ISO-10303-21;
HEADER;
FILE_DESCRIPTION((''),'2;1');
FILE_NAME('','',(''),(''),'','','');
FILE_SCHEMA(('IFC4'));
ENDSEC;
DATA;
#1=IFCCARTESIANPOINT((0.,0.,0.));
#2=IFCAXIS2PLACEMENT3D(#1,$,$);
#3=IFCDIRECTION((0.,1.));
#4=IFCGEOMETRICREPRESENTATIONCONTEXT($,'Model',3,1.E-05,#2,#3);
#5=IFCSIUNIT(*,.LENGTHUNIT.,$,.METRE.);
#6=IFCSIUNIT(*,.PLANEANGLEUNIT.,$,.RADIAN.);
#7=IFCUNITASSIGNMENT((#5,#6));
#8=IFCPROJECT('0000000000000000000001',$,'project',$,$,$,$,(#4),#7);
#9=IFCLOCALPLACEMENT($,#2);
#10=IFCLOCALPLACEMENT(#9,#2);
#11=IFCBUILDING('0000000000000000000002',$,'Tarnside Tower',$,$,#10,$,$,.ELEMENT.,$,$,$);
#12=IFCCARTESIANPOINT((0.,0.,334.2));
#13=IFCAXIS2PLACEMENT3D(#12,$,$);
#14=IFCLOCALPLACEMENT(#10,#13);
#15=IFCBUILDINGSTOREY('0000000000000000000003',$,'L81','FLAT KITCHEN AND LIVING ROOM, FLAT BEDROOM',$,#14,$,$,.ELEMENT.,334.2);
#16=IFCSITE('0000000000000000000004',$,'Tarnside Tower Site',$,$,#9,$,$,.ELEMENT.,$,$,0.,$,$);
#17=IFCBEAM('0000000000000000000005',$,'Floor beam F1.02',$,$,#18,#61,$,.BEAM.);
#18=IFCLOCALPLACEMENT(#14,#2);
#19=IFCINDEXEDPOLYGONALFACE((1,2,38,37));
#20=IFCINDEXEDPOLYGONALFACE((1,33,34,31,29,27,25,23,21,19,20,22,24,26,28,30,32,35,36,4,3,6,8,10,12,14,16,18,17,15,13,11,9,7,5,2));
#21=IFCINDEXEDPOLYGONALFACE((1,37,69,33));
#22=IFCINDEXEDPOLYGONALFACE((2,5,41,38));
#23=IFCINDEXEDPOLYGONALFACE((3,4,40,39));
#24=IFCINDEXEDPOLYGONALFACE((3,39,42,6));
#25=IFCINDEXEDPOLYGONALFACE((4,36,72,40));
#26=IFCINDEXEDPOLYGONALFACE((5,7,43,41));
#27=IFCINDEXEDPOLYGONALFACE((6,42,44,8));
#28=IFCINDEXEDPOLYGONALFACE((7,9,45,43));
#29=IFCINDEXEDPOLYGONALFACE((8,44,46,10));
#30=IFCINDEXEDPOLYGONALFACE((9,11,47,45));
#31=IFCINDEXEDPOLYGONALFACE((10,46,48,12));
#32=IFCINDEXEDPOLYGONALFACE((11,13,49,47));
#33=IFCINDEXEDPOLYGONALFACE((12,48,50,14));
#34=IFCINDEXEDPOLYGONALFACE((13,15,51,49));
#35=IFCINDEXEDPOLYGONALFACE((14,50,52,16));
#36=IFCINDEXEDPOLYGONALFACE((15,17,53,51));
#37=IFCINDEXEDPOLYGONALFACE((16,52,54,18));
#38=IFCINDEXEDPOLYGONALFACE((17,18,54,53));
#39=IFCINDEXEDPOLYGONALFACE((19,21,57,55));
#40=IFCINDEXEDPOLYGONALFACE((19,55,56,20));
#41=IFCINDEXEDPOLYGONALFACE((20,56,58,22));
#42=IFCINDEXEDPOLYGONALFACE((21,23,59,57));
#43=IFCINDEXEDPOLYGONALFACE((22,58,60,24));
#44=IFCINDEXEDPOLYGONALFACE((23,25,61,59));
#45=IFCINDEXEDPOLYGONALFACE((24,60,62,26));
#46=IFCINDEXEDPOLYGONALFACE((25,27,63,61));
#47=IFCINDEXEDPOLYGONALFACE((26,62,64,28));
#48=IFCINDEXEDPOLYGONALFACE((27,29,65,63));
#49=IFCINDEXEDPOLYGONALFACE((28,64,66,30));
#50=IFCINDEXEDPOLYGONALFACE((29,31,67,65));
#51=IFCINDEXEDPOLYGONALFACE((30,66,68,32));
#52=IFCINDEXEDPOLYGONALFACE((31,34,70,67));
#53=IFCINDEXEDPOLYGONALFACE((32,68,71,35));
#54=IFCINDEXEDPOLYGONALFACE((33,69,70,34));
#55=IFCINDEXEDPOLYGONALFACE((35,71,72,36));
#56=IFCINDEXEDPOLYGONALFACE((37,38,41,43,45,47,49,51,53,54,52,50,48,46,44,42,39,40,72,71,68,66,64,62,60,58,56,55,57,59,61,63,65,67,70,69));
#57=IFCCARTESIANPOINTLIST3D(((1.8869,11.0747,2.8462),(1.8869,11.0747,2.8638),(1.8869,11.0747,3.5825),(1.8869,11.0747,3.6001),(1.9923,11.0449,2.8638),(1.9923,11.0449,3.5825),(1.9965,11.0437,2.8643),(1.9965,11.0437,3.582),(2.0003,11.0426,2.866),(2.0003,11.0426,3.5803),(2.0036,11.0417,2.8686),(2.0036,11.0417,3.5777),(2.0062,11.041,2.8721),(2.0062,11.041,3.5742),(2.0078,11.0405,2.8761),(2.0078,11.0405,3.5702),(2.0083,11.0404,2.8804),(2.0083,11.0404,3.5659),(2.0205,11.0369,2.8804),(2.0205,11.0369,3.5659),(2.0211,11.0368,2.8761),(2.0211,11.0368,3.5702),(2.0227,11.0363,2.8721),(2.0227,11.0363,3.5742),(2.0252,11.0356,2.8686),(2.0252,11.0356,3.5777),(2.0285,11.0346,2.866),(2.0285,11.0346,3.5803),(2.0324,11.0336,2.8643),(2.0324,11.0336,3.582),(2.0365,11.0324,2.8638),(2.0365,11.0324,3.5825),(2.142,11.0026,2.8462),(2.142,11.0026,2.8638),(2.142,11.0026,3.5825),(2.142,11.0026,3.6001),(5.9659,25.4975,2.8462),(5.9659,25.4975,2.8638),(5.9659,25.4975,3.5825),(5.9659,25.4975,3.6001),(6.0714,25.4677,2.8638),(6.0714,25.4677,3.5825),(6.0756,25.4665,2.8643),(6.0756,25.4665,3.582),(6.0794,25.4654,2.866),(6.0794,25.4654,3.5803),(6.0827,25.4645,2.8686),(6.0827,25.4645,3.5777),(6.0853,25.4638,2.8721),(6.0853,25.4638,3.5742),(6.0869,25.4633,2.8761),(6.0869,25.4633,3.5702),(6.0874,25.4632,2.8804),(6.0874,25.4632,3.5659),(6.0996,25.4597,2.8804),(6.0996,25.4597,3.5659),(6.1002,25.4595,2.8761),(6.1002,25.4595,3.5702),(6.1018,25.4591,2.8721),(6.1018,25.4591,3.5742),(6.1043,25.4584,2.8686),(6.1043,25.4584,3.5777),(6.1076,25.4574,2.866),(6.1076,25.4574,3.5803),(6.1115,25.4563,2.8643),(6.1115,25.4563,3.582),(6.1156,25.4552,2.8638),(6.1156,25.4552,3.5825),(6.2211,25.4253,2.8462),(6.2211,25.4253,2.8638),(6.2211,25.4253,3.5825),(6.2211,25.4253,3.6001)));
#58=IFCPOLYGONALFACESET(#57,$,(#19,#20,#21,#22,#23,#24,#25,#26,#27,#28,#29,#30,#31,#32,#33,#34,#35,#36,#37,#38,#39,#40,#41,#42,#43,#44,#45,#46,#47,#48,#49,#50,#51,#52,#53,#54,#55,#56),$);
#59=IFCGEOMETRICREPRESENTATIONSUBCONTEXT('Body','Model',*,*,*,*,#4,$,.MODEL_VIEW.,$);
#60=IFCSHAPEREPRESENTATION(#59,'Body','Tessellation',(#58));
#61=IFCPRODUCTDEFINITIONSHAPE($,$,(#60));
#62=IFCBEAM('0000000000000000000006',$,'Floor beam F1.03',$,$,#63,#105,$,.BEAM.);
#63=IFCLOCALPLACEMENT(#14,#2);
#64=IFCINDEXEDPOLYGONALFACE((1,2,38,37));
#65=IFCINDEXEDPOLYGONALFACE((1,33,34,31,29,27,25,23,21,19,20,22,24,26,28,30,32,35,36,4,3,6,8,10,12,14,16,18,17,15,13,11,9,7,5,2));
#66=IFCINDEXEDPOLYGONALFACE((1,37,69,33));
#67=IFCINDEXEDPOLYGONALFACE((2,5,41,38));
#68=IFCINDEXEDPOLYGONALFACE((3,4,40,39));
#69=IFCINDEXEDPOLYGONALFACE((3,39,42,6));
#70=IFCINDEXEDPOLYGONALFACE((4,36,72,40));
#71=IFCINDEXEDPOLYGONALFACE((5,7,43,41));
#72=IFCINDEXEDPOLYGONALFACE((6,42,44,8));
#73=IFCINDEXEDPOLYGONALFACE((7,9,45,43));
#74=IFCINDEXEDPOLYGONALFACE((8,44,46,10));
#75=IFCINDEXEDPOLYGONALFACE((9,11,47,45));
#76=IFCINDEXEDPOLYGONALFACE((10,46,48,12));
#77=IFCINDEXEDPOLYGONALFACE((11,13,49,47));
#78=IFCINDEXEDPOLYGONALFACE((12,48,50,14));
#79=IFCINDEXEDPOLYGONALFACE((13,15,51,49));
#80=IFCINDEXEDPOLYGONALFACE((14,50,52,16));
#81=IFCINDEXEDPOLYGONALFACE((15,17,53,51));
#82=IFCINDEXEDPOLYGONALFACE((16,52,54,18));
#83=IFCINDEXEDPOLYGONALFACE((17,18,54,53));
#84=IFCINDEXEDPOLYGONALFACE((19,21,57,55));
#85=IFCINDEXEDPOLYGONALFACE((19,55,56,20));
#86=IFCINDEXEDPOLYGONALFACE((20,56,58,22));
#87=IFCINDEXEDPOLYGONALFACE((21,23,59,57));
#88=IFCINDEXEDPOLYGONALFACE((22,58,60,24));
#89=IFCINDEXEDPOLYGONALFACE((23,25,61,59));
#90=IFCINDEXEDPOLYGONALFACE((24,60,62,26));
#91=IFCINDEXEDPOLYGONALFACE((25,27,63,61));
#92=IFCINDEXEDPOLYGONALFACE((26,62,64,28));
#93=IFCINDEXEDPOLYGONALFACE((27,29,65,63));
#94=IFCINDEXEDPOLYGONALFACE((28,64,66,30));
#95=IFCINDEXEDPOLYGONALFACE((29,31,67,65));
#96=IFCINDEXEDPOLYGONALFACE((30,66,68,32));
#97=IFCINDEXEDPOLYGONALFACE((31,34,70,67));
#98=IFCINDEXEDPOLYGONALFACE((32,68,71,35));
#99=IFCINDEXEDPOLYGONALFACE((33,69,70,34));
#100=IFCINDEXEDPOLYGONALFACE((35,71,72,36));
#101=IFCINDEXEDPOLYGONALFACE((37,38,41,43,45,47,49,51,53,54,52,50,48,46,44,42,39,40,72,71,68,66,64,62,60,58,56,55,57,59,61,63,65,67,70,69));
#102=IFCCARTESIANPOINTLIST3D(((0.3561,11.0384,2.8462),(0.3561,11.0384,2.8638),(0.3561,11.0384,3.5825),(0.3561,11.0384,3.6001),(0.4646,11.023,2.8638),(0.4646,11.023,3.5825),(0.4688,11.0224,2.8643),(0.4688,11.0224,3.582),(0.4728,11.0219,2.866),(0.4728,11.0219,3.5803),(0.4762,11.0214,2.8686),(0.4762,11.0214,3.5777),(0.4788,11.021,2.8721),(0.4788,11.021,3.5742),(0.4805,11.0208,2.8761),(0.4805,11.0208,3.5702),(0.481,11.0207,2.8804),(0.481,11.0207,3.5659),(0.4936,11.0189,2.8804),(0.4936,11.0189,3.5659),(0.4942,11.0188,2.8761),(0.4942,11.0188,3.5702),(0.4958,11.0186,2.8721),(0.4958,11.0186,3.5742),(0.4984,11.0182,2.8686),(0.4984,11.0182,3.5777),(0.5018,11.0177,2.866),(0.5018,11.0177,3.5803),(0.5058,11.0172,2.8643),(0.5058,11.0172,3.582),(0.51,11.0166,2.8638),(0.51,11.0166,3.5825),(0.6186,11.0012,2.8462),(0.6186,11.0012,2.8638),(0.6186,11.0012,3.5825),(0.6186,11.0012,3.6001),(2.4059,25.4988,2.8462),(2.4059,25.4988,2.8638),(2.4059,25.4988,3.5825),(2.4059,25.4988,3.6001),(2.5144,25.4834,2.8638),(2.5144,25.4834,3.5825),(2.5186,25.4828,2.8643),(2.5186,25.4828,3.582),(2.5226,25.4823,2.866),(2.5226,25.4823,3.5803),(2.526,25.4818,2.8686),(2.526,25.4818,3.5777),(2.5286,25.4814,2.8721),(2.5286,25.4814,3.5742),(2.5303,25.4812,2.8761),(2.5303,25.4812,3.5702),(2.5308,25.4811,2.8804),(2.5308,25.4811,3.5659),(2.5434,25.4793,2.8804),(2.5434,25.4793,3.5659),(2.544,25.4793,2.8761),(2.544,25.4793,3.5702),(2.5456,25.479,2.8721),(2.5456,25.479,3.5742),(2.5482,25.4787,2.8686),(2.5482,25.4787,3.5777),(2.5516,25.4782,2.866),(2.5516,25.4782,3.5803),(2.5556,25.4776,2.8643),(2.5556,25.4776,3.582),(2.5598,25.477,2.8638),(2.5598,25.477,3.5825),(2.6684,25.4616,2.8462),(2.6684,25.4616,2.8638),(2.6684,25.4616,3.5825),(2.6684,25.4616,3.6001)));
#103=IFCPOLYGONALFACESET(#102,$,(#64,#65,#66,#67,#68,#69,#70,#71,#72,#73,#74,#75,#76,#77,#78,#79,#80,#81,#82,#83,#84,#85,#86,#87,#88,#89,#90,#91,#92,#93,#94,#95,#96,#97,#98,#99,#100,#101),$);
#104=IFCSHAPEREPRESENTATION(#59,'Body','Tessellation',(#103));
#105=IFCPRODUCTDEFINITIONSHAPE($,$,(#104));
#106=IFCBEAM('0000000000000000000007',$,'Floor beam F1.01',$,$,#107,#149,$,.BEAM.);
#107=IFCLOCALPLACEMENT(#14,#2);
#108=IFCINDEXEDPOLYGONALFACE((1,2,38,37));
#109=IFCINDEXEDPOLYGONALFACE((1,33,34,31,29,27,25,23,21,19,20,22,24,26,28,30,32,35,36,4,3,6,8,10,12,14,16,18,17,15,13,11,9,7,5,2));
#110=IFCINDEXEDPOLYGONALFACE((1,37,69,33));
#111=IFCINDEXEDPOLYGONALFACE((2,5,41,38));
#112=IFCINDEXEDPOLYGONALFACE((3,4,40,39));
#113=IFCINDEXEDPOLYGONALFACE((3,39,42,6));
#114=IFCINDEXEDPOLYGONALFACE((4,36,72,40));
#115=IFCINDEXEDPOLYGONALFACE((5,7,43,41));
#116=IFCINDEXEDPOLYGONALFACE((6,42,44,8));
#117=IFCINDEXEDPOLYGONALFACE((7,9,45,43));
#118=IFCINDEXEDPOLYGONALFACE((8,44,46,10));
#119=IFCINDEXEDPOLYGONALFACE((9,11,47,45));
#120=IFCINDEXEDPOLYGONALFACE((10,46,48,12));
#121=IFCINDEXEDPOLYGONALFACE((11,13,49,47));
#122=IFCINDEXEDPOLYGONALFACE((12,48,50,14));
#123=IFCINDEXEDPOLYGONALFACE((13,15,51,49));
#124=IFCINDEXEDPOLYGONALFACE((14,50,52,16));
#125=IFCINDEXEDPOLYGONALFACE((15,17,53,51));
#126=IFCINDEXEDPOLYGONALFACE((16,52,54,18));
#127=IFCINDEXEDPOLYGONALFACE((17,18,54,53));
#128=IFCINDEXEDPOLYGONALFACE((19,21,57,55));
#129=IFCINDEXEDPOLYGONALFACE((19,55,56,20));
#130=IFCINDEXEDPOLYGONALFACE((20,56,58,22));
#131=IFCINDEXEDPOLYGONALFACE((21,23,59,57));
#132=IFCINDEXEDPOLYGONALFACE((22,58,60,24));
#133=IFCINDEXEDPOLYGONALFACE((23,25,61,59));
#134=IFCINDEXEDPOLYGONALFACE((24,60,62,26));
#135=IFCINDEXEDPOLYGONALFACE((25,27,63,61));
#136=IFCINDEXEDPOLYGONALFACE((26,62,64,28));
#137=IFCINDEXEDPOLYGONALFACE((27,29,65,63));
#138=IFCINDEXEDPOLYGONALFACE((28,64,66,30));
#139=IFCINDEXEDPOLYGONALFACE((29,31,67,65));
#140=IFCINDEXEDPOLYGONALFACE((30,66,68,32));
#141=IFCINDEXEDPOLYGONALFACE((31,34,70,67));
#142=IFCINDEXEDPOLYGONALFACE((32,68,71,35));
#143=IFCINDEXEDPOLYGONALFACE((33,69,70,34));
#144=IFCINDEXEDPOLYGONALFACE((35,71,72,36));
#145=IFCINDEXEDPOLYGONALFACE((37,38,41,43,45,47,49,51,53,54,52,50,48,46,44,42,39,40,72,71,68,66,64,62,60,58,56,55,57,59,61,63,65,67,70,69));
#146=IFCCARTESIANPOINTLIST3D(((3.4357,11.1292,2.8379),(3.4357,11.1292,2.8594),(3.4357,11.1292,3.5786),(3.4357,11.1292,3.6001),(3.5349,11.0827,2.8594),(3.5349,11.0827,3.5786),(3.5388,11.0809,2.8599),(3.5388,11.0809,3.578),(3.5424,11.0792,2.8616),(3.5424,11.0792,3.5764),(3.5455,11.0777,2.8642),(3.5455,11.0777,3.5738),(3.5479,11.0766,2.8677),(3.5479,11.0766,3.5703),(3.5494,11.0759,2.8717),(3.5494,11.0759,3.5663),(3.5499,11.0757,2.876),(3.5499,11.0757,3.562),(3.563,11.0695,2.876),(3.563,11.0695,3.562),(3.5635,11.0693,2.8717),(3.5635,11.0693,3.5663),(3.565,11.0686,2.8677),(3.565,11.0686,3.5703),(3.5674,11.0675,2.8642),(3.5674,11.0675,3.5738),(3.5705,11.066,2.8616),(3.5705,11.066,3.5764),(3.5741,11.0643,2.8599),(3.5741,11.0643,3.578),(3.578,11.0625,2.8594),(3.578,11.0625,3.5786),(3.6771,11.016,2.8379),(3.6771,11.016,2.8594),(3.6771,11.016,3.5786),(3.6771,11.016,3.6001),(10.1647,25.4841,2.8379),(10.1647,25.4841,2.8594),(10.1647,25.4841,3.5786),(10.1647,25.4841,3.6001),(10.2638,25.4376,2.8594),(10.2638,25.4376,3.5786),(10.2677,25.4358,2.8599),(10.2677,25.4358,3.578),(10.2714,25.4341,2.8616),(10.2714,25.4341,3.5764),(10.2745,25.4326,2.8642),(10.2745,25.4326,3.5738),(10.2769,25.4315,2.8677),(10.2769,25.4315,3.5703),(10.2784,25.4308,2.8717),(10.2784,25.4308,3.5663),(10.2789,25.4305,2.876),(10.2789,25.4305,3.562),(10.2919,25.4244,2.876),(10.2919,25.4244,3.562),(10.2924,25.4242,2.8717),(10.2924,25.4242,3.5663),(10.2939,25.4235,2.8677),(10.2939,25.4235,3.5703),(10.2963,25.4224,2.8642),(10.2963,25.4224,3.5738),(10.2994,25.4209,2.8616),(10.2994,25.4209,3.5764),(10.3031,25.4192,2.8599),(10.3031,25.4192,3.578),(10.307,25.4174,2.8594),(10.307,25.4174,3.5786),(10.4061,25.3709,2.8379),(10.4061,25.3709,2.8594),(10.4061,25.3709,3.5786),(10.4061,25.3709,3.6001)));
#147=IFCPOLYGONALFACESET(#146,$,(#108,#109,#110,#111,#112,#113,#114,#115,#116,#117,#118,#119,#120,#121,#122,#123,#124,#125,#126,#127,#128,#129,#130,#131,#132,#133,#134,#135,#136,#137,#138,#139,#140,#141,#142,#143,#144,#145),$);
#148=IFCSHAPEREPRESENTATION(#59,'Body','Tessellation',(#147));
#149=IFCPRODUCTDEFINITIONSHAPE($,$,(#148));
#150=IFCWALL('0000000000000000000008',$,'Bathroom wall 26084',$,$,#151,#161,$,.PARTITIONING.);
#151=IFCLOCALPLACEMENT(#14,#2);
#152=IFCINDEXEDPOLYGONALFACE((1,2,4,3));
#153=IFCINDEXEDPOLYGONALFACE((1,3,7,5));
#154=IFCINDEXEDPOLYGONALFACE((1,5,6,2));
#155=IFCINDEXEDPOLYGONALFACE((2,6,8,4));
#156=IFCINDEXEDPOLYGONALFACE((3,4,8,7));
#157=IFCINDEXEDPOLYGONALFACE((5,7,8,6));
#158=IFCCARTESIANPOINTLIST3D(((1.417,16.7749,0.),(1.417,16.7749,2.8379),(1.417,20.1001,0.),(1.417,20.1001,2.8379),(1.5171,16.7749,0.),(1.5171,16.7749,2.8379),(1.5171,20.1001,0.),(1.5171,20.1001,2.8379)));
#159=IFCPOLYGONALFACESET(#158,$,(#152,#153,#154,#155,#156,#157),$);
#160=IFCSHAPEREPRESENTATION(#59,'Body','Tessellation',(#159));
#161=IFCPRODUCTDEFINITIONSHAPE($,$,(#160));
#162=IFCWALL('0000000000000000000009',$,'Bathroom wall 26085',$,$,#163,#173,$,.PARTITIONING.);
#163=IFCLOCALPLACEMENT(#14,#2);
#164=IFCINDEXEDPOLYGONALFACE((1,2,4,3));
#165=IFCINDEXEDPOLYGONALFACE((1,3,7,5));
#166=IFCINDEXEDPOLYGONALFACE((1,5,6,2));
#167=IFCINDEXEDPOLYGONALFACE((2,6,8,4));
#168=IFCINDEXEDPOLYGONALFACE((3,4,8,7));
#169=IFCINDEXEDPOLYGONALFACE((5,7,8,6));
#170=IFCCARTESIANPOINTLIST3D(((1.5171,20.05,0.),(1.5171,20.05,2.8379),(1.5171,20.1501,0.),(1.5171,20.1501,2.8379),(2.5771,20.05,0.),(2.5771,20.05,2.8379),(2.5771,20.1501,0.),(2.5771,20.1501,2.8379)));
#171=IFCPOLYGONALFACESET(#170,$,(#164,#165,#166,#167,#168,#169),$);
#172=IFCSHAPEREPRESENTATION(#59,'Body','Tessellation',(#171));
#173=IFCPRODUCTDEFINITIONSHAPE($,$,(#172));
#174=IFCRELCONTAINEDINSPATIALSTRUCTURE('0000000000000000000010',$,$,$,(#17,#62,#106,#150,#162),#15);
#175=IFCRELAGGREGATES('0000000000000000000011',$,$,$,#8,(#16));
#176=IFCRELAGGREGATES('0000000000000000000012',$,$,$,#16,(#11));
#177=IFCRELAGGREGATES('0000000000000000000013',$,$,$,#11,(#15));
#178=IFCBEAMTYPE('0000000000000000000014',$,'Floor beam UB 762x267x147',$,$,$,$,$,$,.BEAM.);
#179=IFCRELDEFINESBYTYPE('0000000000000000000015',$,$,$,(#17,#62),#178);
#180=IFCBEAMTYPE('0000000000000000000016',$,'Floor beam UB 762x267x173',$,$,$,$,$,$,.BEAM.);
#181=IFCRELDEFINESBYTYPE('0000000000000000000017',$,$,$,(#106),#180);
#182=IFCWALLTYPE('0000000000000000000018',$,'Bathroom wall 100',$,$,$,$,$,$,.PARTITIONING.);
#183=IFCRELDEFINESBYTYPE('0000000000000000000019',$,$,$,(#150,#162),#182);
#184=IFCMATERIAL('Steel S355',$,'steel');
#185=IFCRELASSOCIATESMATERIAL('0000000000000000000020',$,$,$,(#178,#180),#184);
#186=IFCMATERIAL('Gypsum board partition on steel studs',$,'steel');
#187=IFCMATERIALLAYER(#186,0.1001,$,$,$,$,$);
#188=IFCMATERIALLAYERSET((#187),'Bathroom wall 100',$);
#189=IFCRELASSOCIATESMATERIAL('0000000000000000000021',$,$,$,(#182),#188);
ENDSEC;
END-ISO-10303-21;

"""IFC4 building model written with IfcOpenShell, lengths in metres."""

from ifc_helpers import new_model, si_unit, direction, frame, frame_2d, origin, origin_2d, place, context, subcontext, project, spatial, rectangle, i_section, extrude, material, layer, layer_set, material_profile, profile_set, type_object, element, save


model = new_model("IFC4")

# Units and contexts
model_context = context("Model", 3, precision=1e-05, world=origin(), true_north=direction((0.0, 1.0)))
body_context = subcontext(model_context, "Body", "Model", "MODEL_VIEW")
ifc_project = project(units=[si_unit("LENGTHUNIT", "METRE"), si_unit("PLANEANGLEUNIT", "RADIAN")], contexts=[model_context])

# Site, building, storey
site_placement = place(None, origin())
site = spatial("IfcSite", under=ifc_project, at=site_placement, Name="Tarnside Tower Site", CompositionType="ELEMENT", RefElevation=0.0)
building_placement = place(site_placement, origin())
building = spatial("IfcBuilding", under=site, at=building_placement, Name="Tarnside Tower", CompositionType="ELEMENT")
storey_placement = place(building_placement, frame((0.0, 0.0, 334.2)))
storey = spatial("IfcBuildingStorey", under=building, at=storey_placement, Name="L81", Description="FLAT KITCHEN AND LIVING ROOM, FLAT BEDROOM", CompositionType="ELEMENT", Elevation=334.2)

# Beams
ifc_material_1 = material(Name="Steel S355", Category="steel")
ifc_material_profile_1 = material_profile(ifc_material_1, i_section(OverallWidth=0.2651, OverallDepth=0.7539, WebThickness=0.0127, FlangeThickness=0.0176, FilletRadius=0.0166, at=origin_2d()), Name="UB 762x267x147")
ifc_profile_set_1 = profile_set([ifc_material_profile_1], Name="Steel S355")
beam_type_1 = type_object("IfcBeamType", Name="Floor beam UB 762x267x147", PredefinedType="BEAM", material=ifc_profile_set_1)
beam_1_placement = place(storey_placement, frame((6.0935, 25.4614, 3.2231), z_axis=(-0.272147, -0.962256, 0.0), x_axis=(0.962256, -0.272147, 0.0)))
element("IfcBeam", 1, at=beam_1_placement, inside=storey, type_object=beam_type_1, Name="Floor beam F1.02", PredefinedType="BEAM", context=body_context, shape_type="SweptSolid", body=[
    extrude(i_section(OverallWidth=0.2651, OverallDepth=0.7539, WebThickness=0.0127, FlangeThickness=0.0176, FilletRadius=0.0166, at=origin_2d()), origin(), (0.0, 0.0, 1.0), 14.9885),
])
beam_2_placement = place(storey_placement, frame((2.5371, 25.4802, 3.2231), z_axis=(-0.140349, -0.990102, 0.0), x_axis=(0.990102, -0.140349, 0.0)))
element("IfcBeam", 2, at=beam_2_placement, inside=storey, type_object=beam_type_1, Name="Floor beam F1.03", PredefinedType="BEAM", context=body_context, shape_type="SweptSolid", body=[
    extrude(i_section(OverallWidth=0.2651, OverallDepth=0.7539, WebThickness=0.0127, FlangeThickness=0.0176, FilletRadius=0.0166, at=origin_2d()), origin(), (0.0, 0.0, 1.0), 14.605),
])
ifc_material_profile_2 = material_profile(ifc_material_1, i_section(OverallWidth=0.2666, OverallDepth=0.7622, WebThickness=0.0144, FlangeThickness=0.0215, FilletRadius=0.0166, at=origin_2d()), Name="UB 762x267x173")
ifc_profile_set_2 = profile_set([ifc_material_profile_2], Name="Steel S355")
beam_type_2 = type_object("IfcBeamType", Name="Floor beam UB 762x267x173", PredefinedType="BEAM", material=ifc_profile_set_2)
beam_3_placement = place(storey_placement, frame((10.2854, 25.4275, 3.219), z_axis=(-0.424439, -0.905456, 0.0), x_axis=(0.905456, -0.424439, 0.0)))
element("IfcBeam", 3, at=beam_3_placement, inside=storey, type_object=beam_type_2, Name="Floor beam F1.01", PredefinedType="BEAM", context=body_context, shape_type="SweptSolid", body=[
    extrude(i_section(OverallWidth=0.2666, OverallDepth=0.7622, WebThickness=0.0144, FlangeThickness=0.0215, FilletRadius=0.0166, at=origin_2d()), origin(), (0.0, 0.0, 1.0), 15.8538),
])

# Walls
ifc_material_2 = material(Name="Gypsum board partition on steel studs", Category="steel")
ifc_layer_1 = layer(ifc_material_2, 0.1001)
ifc_layer_set_1 = layer_set([ifc_layer_1], Name="Bathroom wall 100")
wall_type_1 = type_object("IfcWallType", Name="Bathroom wall 100", PredefinedType="PARTITIONING", material=ifc_layer_set_1)
wall_1_placement = place(storey_placement, frame((1.467, 16.7749, 0.0), z_axis=(0.0, 0.0, 1.0), x_axis=(0.0, 1.0, 0.0)))
element("IfcWall", 4, at=wall_1_placement, inside=storey, type_object=wall_type_1, Name="Bathroom wall 26084", PredefinedType="PARTITIONING", context=body_context, shape_type="SweptSolid", body=[
    extrude(rectangle(XDim=3.3252, YDim=0.1001, at=frame_2d((1.6626, 0.0))), origin(), (0.0, 0.0, 1.0), 2.8379),
])
wall_2_placement = place(storey_placement, frame((1.5171, 20.1001, 0.0), z_axis=(0.0, 0.0, 1.0), x_axis=(1.0, 0.0, 0.0)))
element("IfcWall", 5, at=wall_2_placement, inside=storey, type_object=wall_type_1, Name="Bathroom wall 26085", PredefinedType="PARTITIONING", context=body_context, shape_type="SweptSolid", body=[
    extrude(rectangle(XDim=1.0601, YDim=0.1001, at=frame_2d((0.53, 0.0))), origin(), (0.0, 0.0, 1.0), 2.8379),
])

save(model, "model.ifc")
